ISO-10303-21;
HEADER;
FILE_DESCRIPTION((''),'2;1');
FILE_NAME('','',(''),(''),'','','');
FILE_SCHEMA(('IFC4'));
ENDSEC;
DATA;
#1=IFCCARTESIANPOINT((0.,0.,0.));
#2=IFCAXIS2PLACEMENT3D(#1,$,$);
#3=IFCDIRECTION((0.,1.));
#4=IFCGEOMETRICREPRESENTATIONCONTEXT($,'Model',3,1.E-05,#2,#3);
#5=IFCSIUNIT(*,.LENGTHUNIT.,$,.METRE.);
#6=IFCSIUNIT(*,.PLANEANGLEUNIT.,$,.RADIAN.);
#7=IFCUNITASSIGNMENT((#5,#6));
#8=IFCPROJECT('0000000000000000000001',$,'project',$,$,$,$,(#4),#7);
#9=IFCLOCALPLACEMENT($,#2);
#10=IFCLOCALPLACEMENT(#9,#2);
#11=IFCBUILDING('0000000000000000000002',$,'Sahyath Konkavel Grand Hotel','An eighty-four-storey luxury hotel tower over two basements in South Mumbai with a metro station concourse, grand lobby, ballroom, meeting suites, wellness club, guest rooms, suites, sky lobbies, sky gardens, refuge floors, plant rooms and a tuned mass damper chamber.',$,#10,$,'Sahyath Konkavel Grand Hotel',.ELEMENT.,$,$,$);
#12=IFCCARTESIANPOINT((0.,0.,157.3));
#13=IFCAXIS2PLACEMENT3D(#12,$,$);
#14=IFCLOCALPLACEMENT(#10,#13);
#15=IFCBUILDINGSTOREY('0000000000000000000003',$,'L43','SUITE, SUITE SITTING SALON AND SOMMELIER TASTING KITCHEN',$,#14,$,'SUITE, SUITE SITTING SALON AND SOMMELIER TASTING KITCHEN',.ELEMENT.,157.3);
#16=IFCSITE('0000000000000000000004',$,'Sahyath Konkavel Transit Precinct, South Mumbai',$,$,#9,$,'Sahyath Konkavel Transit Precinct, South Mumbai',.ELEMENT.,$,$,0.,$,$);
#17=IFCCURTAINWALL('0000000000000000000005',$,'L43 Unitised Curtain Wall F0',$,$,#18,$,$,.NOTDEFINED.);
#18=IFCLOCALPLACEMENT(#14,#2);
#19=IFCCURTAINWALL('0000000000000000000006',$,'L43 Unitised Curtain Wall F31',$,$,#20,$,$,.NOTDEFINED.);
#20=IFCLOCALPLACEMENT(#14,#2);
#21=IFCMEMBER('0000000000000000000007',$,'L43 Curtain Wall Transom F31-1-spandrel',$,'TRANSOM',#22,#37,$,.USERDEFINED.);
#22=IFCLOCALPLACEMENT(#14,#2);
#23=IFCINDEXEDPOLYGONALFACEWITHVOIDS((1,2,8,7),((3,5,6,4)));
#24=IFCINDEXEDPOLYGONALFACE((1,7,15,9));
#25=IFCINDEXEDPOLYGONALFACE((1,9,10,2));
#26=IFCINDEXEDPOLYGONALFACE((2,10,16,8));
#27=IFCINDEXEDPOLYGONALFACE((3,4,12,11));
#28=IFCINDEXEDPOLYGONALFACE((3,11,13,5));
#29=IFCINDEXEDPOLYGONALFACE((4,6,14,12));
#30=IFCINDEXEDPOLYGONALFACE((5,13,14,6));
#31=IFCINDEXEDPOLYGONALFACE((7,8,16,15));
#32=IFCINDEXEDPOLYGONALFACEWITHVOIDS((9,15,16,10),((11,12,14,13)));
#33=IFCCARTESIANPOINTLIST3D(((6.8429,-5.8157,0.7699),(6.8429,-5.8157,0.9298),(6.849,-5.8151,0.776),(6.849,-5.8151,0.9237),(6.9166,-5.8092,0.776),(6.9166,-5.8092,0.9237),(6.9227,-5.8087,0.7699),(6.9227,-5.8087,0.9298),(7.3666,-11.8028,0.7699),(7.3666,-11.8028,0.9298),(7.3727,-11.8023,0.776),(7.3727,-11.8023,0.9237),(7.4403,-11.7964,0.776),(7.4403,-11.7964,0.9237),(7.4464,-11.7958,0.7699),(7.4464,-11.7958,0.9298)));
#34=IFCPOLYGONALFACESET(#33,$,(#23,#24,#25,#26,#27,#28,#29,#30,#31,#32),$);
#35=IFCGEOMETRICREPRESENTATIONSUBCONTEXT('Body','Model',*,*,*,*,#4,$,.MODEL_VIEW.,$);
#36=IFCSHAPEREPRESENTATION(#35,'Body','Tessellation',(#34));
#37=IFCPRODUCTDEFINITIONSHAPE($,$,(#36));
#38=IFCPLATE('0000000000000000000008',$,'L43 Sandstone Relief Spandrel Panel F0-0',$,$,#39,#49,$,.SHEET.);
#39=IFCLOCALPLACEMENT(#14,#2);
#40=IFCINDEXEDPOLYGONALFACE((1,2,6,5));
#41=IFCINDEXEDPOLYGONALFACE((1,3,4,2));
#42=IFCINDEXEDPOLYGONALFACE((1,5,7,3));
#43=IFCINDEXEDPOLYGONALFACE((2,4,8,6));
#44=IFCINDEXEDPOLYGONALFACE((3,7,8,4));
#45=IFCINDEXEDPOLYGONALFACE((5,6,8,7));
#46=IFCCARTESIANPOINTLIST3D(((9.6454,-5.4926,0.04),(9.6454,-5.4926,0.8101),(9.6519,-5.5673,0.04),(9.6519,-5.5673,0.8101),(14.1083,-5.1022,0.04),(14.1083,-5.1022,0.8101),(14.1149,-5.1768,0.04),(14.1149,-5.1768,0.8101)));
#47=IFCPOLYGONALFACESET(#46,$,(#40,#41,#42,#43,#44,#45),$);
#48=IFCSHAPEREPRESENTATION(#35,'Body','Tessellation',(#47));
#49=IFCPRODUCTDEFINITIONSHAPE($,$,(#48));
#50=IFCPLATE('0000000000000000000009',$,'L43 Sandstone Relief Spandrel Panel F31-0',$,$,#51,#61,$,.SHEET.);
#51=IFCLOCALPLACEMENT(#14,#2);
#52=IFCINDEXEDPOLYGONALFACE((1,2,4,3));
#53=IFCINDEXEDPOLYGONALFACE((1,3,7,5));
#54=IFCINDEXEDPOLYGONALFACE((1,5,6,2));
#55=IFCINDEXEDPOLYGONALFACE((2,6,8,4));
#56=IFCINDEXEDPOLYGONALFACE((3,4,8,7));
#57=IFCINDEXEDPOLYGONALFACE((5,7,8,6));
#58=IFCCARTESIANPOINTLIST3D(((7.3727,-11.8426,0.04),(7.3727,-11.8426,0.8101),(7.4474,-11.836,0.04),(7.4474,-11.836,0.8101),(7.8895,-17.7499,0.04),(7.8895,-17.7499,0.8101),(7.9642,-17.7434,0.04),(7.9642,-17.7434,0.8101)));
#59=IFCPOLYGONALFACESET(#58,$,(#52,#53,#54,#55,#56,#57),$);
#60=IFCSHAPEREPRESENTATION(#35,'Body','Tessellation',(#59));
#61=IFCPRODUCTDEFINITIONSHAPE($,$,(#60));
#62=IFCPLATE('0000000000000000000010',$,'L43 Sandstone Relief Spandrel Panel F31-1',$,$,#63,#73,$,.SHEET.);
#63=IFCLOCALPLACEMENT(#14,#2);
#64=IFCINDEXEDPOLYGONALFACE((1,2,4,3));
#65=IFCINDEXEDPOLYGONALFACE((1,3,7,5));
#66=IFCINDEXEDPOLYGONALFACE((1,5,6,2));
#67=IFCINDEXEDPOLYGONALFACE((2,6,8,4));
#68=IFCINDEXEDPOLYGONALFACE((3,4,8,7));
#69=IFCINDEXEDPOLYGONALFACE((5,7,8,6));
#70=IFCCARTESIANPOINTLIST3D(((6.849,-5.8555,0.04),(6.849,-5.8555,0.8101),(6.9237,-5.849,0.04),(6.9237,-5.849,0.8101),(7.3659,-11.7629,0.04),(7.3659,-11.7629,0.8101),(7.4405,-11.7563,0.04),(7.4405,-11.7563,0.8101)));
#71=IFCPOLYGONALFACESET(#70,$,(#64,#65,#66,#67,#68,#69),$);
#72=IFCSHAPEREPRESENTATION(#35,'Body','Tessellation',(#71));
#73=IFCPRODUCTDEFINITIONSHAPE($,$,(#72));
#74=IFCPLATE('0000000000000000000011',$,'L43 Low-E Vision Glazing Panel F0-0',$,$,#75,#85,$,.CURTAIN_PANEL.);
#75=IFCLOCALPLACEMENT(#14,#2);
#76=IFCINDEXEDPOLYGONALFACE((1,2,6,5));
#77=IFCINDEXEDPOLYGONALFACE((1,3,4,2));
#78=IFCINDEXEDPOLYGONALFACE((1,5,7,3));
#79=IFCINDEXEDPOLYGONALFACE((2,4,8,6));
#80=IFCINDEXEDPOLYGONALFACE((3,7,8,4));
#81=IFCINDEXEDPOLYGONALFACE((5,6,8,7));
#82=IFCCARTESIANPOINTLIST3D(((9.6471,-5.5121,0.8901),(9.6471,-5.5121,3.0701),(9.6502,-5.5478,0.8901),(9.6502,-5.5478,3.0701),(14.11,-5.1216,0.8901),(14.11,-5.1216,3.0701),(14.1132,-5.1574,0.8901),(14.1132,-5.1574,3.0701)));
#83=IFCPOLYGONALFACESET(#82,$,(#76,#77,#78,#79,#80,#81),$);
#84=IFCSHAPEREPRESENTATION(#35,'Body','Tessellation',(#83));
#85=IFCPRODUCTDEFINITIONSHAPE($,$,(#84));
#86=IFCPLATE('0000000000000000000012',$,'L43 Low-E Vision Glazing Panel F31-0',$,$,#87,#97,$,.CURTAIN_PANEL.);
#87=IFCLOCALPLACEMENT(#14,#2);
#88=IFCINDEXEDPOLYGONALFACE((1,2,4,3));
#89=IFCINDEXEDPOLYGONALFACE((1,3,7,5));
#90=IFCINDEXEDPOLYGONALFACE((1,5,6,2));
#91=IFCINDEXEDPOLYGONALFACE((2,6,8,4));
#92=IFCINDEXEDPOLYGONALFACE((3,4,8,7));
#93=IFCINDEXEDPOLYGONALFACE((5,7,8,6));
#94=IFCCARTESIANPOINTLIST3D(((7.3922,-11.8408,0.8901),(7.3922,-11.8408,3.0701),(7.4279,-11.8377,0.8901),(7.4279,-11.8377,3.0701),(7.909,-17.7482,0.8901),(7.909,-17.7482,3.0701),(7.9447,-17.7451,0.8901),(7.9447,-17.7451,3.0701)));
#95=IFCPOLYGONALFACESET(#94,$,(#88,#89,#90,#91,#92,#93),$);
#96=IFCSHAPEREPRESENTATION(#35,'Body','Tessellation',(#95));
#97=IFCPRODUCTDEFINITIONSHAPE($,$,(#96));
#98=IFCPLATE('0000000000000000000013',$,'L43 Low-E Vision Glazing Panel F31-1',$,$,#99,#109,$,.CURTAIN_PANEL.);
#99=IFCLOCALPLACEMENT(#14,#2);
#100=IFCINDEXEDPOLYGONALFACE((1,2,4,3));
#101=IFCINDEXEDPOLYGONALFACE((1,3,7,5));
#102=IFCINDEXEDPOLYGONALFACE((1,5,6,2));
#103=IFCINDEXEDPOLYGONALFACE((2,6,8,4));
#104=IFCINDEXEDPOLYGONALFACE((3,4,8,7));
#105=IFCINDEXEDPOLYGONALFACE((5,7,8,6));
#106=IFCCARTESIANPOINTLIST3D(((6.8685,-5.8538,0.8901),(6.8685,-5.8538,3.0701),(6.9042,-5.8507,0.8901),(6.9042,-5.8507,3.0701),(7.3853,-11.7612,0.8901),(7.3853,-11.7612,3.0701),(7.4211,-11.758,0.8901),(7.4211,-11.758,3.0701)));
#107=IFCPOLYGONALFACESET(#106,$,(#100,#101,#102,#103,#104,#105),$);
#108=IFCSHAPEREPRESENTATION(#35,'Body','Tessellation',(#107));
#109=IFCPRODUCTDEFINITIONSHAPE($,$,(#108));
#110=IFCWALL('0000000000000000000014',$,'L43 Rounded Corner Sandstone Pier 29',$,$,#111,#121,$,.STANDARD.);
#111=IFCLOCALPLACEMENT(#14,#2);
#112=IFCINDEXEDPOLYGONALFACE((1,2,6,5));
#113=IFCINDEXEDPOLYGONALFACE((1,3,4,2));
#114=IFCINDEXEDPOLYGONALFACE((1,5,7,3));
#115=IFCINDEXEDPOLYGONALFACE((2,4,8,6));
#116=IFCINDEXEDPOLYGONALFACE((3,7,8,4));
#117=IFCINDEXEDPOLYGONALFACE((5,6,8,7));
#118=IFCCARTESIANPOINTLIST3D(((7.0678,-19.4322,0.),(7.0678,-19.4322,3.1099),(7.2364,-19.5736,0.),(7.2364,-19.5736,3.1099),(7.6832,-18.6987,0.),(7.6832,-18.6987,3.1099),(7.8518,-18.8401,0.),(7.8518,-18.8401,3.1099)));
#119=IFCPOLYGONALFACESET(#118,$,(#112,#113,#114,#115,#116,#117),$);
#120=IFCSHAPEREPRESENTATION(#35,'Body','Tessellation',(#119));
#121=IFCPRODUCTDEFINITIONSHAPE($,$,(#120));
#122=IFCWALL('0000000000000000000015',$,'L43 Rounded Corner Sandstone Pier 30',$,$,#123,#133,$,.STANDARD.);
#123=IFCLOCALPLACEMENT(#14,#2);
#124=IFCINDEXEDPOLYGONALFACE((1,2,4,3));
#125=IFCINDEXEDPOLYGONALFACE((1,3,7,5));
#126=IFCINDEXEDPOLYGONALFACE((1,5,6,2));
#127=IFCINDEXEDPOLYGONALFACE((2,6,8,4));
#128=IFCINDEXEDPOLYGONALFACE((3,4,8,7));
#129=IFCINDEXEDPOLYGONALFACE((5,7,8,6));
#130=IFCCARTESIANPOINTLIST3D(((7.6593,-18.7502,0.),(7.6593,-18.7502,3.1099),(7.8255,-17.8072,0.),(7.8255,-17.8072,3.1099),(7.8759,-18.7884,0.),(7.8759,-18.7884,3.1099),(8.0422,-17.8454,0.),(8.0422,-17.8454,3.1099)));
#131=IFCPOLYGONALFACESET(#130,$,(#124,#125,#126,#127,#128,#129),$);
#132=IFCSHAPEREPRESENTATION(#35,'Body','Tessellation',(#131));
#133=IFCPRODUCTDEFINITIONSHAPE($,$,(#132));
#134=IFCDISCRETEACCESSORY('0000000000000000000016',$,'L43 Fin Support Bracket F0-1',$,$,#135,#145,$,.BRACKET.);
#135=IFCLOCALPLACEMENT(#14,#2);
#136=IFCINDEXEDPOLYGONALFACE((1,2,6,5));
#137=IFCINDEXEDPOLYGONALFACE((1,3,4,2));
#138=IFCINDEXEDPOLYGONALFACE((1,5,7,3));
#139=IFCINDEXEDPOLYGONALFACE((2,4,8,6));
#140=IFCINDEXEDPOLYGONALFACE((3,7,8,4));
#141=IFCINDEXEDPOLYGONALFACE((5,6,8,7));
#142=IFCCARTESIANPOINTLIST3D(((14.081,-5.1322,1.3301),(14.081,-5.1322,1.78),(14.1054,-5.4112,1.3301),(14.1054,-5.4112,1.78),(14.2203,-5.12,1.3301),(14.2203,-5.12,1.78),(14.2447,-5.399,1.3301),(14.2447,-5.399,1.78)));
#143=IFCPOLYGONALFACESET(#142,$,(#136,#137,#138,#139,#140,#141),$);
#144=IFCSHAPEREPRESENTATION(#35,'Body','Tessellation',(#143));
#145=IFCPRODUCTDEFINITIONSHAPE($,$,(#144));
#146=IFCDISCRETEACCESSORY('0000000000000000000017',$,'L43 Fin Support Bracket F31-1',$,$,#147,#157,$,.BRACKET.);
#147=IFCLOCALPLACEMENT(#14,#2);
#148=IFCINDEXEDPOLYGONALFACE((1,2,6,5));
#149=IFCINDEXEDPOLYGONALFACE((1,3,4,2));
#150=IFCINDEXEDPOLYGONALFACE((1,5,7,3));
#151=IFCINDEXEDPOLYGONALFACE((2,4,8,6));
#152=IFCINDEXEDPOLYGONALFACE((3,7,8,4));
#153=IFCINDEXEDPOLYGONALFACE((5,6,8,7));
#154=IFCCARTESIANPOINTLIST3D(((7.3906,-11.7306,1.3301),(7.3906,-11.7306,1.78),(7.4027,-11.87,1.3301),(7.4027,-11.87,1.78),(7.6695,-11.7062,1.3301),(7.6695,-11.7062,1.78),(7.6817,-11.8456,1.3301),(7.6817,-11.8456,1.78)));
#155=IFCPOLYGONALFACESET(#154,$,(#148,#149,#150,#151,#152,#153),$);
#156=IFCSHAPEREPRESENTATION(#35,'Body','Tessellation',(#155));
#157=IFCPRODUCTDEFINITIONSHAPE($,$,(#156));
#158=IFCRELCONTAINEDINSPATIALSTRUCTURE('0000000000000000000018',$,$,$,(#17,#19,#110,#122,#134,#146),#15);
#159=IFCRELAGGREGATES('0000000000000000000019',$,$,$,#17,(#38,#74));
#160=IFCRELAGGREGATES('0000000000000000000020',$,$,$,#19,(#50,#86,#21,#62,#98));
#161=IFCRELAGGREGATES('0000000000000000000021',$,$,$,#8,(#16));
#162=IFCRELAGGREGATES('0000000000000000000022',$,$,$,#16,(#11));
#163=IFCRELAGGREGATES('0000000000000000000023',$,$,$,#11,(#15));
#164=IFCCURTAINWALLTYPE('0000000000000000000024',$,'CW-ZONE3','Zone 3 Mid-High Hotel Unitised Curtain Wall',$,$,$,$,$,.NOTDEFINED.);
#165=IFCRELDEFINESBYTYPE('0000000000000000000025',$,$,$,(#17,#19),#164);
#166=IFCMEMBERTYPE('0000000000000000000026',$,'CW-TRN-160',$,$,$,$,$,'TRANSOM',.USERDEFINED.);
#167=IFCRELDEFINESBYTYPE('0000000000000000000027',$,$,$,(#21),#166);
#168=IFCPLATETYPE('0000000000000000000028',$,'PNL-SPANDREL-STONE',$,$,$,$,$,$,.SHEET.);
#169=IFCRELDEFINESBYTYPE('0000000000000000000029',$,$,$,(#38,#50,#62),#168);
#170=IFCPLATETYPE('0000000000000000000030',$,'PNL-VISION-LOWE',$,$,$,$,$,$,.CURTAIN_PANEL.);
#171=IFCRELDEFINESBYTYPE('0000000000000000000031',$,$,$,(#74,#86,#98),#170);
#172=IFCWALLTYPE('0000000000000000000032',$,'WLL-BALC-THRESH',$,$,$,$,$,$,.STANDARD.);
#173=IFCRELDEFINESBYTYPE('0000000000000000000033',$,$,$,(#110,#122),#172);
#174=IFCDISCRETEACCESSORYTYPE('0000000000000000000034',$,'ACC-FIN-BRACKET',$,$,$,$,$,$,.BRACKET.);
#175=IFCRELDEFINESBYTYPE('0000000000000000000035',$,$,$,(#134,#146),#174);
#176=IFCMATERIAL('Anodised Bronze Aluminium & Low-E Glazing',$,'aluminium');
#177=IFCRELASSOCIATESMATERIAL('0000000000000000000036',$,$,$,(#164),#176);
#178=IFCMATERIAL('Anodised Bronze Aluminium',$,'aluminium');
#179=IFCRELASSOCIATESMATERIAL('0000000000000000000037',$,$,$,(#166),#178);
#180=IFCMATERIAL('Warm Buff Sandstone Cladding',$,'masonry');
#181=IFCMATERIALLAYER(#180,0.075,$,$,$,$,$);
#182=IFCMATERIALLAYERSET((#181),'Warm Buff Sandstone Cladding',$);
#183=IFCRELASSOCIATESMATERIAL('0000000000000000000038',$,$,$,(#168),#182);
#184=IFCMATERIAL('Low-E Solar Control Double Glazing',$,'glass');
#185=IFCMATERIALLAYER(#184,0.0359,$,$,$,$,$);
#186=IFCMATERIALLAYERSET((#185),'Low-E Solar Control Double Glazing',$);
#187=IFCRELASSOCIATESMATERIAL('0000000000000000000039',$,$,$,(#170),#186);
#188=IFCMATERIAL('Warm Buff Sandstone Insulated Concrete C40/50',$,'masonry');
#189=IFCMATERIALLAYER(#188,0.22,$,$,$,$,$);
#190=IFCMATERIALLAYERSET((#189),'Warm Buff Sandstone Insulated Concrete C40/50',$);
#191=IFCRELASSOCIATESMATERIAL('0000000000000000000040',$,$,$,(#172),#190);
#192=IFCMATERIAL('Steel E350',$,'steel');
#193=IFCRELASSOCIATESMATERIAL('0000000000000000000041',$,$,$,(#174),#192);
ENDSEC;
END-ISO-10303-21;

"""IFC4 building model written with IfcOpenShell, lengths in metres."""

from ifc_helpers import new_model, si_unit, direction, frame, frame_2d, origin, origin_2d, place, context, subcontext, project, spatial, rectangle, hollow_rectangle, extrude, source, transform, mapped, material, layer, layer_set, material_profile, profile_set, type_object, element, aggregate, save


model = new_model("IFC4")

# Units and contexts
model_context = context("Model", 3, precision=1e-05, world=origin(), true_north=direction((0.0, 1.0)))
body_context = subcontext(model_context, "Body", "Model", "MODEL_VIEW")
ifc_project = project(units=[si_unit("LENGTHUNIT", "METRE"), si_unit("PLANEANGLEUNIT", "RADIAN")], contexts=[model_context])

# Site, building, storey
site_placement = place(None, origin())
site = spatial("IfcSite", under=ifc_project, at=site_placement, Name="Sahyath Konkavel Transit Precinct, South Mumbai", LongName="Sahyath Konkavel Transit Precinct, South Mumbai", CompositionType="ELEMENT", RefElevation=0.0)
building_placement = place(site_placement, origin())
building = spatial("IfcBuilding", under=site, at=building_placement, Name="Sahyath Konkavel Grand Hotel", Description="An eighty-four-storey luxury hotel tower over two basements in South Mumbai with a metro station concourse, grand lobby, ballroom, meeting suites, wellness club, guest rooms, suites, sky lobbies, sky gardens, refuge floors, plant rooms and a tuned mass damper chamber.", LongName="Sahyath Konkavel Grand Hotel", CompositionType="ELEMENT")
storey_placement = place(building_placement, frame((0.0, 0.0, 157.3)))
storey = spatial("IfcBuildingStorey", under=building, at=storey_placement, Name="L43", Description="SUITE, SUITE SITTING SALON AND SOMMELIER TASTING KITCHEN", LongName="SUITE, SUITE SITTING SALON AND SOMMELIER TASTING KITCHEN", CompositionType="ELEMENT", Elevation=157.3)

# Curtain wall
ifc_material_1 = material(Name="Anodised Bronze Aluminium & Low-E Glazing", Category="aluminium")
curtain_wall_type = type_object("IfcCurtainWallType", Name="CW-ZONE3", Description="Zone 3 Mid-High Hotel Unitised Curtain Wall", PredefinedType="NOTDEFINED", material=ifc_material_1)
curtain_wall_1_placement = place(storey_placement, origin())
curtain_wall_1 = element("IfcCurtainWall", 1, at=curtain_wall_1_placement, inside=storey, type_object=curtain_wall_type, Name="L43 Unitised Curtain Wall F0", PredefinedType="NOTDEFINED")
ifc_material_2 = material(Name="Anodised Bronze Aluminium", Category="aluminium")

# Curtain wall
curtain_wall_2_placement = place(storey_placement, origin())
curtain_wall_2 = element("IfcCurtainWall", 2, at=curtain_wall_2_placement, inside=storey, type_object=curtain_wall_type, Name="L43 Unitised Curtain Wall F31", PredefinedType="NOTDEFINED")

# Member
ifc_material_profile_1 = material_profile(ifc_material_2, hollow_rectangle(XDim=0.0801, YDim=0.1599, WallThickness=0.0061, at=origin_2d()), Name="RHS 160x80x6")
ifc_profile_set_1 = profile_set([ifc_material_profile_1], Name="Anodised Bronze Aluminium")
member_type_1 = type_object("IfcMemberType", Name="CW-TRN-160", ElementType="TRANSOM", PredefinedType="USERDEFINED", material=ifc_profile_set_1)
shared_shape_1 = source(origin(), body_context, "Body", "SweptSolid", [
    extrude(hollow_rectangle(XDim=0.0801, YDim=0.1599, WallThickness=0.0061, at=origin_2d()), origin(), (0.0, 0.0, 1.0), 6.01),
])
member_1_placement = place(storey_placement, frame((7.4065, -11.7993, 0.8499), z_axis=(-0.087136, 0.996196, 0.0), x_axis=(-0.996196, -0.087136, 0.0)))
member_1 = element("IfcMember", 3, at=member_1_placement, type_object=member_type_1, Name="L43 Curtain Wall Transom F31-1-spandrel", ObjectType="TRANSOM", PredefinedType="USERDEFINED", context=body_context, shape_type="MappedRepresentation", body=[
    mapped(shared_shape_1, transform((0.0, 0.0, 0.0), scale=1.0)),
])

# Plates
ifc_material_3 = material(Name="Warm Buff Sandstone Cladding", Category="masonry")
ifc_layer_1 = layer(ifc_material_3, 0.075)
ifc_layer_set_1 = layer_set([ifc_layer_1], Name="Warm Buff Sandstone Cladding")
plate_type_1 = type_object("IfcPlateType", Name="PNL-SPANDREL-STONE", PredefinedType="SHEET", material=ifc_layer_set_1)
shared_shape_2 = source(origin(), body_context, "Body", "SweptSolid", [
    extrude(rectangle(XDim=4.48, YDim=0.075, at=origin_2d()), origin(), (0.0, 0.0, 1.0), 0.77),
])
plate_1_placement = place(storey_placement, frame((11.8801, -5.3347, 0.04), z_axis=(0.0, 0.0, 1.0), x_axis=(0.996195, 0.087156, 0.0)))
plate_1 = element("IfcPlate", 4, at=plate_1_placement, type_object=plate_type_1, Name="L43 Sandstone Relief Spandrel Panel F0-0", PredefinedType="SHEET", context=body_context, shape_type="MappedRepresentation", body=[
    mapped(shared_shape_2, transform((0.0, 0.0, 0.0), scale=1.0)),
])
shared_shape_3 = source(origin(), body_context, "Body", "SweptSolid", [
    extrude(rectangle(XDim=5.9299, YDim=0.075, at=origin_2d()), origin(), (0.0, 0.0, 1.0), 0.77),
])
plate_2_placement = place(storey_placement, frame((7.6685, -14.793, 0.04), z_axis=(0.0, 0.0, 1.0), x_axis=(-0.087156, 0.996195, 0.0)))
plate_2 = element("IfcPlate", 5, at=plate_2_placement, type_object=plate_type_1, Name="L43 Sandstone Relief Spandrel Panel F31-0", PredefinedType="SHEET", context=body_context, shape_type="MappedRepresentation", body=[
    mapped(shared_shape_3, transform((0.0, 0.0, 0.0), scale=1.0)),
])
plate_3_placement = place(storey_placement, frame((7.1448, -8.8059, 0.04), z_axis=(0.0, 0.0, 1.0), x_axis=(-0.087156, 0.996195, 0.0)))
plate_3 = element("IfcPlate", 6, at=plate_3_placement, type_object=plate_type_1, Name="L43 Sandstone Relief Spandrel Panel F31-1", PredefinedType="SHEET", context=body_context, shape_type="MappedRepresentation", body=[
    mapped(shared_shape_3, transform((0.0, 0.0, 0.0), scale=1.0)),
])
ifc_material_4 = material(Name="Low-E Solar Control Double Glazing", Category="glass")
ifc_layer_2 = layer(ifc_material_4, 0.0359)
ifc_layer_set_2 = layer_set([ifc_layer_2], Name="Low-E Solar Control Double Glazing")
plate_type_2 = type_object("IfcPlateType", Name="PNL-VISION-LOWE", PredefinedType="CURTAIN_PANEL", material=ifc_layer_set_2)
shared_shape_4 = source(origin(), body_context, "Body", "SweptSolid", [
    extrude(rectangle(XDim=4.48, YDim=0.0359, at=origin_2d()), origin(), (0.0, 0.0, 1.0), 2.1799),
])
plate_4_placement = place(storey_placement, frame((11.8801, -5.3347, 0.8901), z_axis=(0.0, 0.0, 1.0), x_axis=(0.996195, 0.087156, 0.0)))
plate_4 = element("IfcPlate", 7, at=plate_4_placement, type_object=plate_type_2, Name="L43 Low-E Vision Glazing Panel F0-0", PredefinedType="CURTAIN_PANEL", context=body_context, shape_type="MappedRepresentation", body=[
    mapped(shared_shape_4, transform((0.0, 0.0, 0.0), scale=1.0)),
])
aggregate(curtain_wall_1, [plate_1, plate_4])
shared_shape_5 = source(origin(), body_context, "Body", "SweptSolid", [
    extrude(rectangle(XDim=5.9299, YDim=0.0359, at=origin_2d()), origin(), (0.0, 0.0, 1.0), 2.1799),
])
plate_5_placement = place(storey_placement, frame((7.6685, -14.793, 0.8901), z_axis=(0.0, 0.0, 1.0), x_axis=(-0.087156, 0.996195, 0.0)))
plate_5 = element("IfcPlate", 8, at=plate_5_placement, type_object=plate_type_2, Name="L43 Low-E Vision Glazing Panel F31-0", PredefinedType="CURTAIN_PANEL", context=body_context, shape_type="MappedRepresentation", body=[
    mapped(shared_shape_5, transform((0.0, 0.0, 0.0), scale=1.0)),
])
plate_6_placement = place(storey_placement, frame((7.1448, -8.8059, 0.8901), z_axis=(0.0, 0.0, 1.0), x_axis=(-0.087156, 0.996195, 0.0)))
plate_6 = element("IfcPlate", 9, at=plate_6_placement, type_object=plate_type_2, Name="L43 Low-E Vision Glazing Panel F31-1", PredefinedType="CURTAIN_PANEL", context=body_context, shape_type="MappedRepresentation", body=[
    mapped(shared_shape_5, transform((0.0, 0.0, 0.0), scale=1.0)),
])
aggregate(curtain_wall_2, [plate_2, plate_5, member_1, plate_3, plate_6])

# Walls
ifc_material_5 = material(Name="Warm Buff Sandstone Insulated Concrete C40/50", Category="masonry")
ifc_layer_3 = layer(ifc_material_5, 0.22)
ifc_layer_set_3 = layer_set([ifc_layer_3], Name="Warm Buff Sandstone Insulated Concrete C40/50")
wall_type = type_object("IfcWallType", Name="WLL-BALC-THRESH", PredefinedType="STANDARD", material=ifc_layer_set_3)
for number, where, z_axis, x_axis, name in (
    (10, (7.1521, -19.5029, 0.0), (0.0, 0.0, 1.0), (0.642714, 0.766107, 0.0), "L43 Rounded Corner Sandstone Pier 29"),
    (11, (7.7676, -18.7693, 0.0), (0.0, 0.0, 1.0), (0.173654, 0.984807, 0.0), "L43 Rounded Corner Sandstone Pier 30"),
):
    element("IfcWall", number, at=place(storey_placement, frame(where, z_axis=z_axis, x_axis=x_axis)), inside=storey, type_object=wall_type, Name=name, PredefinedType="STANDARD", context=body_context, shape_type="SweptSolid", body=[
        extrude(rectangle(XDim=0.9575, YDim=0.22, at=frame_2d((0.4788, 0.0))), origin(), (0.0, 0.0, 1.0), 3.1099),
    ])

# Discrete accessories
ifc_material_6 = material(Name="Steel E350", Category="steel")
discrete_accessory_type = type_object("IfcDiscreteAccessoryType", Name="ACC-FIN-BRACKET", PredefinedType="BRACKET", material=ifc_material_6)
shared_shape_6 = source(origin(), body_context, "Body", "SweptSolid", [
    extrude(rectangle(XDim=0.28, YDim=0.1399, at=origin_2d()), origin(), (0.0, 0.0, 1.0), 0.45),
])
for number, where, z_axis, x_axis, name in (
    (12, (14.1628, -5.2656, 1.3301), (0.0, 0.0, 1.0), (0.087156, -0.996195, 0.0), "L43 Fin Support Bracket F0-1"),
    (13, (7.5361, -11.7881, 1.3301), (0.0, 0.0, 1.0), (0.996195, 0.087156, 0.0), "L43 Fin Support Bracket F31-1"),
):
    element("IfcDiscreteAccessory", number, at=place(storey_placement, frame(where, z_axis=z_axis, x_axis=x_axis)), inside=storey, type_object=discrete_accessory_type, Name=name, PredefinedType="BRACKET", context=body_context, shape_type="MappedRepresentation", body=[
        mapped(shared_shape_6, transform((0.0, 0.0, 0.0), scale=1.0)),
    ])

save(model, "model.ifc")
